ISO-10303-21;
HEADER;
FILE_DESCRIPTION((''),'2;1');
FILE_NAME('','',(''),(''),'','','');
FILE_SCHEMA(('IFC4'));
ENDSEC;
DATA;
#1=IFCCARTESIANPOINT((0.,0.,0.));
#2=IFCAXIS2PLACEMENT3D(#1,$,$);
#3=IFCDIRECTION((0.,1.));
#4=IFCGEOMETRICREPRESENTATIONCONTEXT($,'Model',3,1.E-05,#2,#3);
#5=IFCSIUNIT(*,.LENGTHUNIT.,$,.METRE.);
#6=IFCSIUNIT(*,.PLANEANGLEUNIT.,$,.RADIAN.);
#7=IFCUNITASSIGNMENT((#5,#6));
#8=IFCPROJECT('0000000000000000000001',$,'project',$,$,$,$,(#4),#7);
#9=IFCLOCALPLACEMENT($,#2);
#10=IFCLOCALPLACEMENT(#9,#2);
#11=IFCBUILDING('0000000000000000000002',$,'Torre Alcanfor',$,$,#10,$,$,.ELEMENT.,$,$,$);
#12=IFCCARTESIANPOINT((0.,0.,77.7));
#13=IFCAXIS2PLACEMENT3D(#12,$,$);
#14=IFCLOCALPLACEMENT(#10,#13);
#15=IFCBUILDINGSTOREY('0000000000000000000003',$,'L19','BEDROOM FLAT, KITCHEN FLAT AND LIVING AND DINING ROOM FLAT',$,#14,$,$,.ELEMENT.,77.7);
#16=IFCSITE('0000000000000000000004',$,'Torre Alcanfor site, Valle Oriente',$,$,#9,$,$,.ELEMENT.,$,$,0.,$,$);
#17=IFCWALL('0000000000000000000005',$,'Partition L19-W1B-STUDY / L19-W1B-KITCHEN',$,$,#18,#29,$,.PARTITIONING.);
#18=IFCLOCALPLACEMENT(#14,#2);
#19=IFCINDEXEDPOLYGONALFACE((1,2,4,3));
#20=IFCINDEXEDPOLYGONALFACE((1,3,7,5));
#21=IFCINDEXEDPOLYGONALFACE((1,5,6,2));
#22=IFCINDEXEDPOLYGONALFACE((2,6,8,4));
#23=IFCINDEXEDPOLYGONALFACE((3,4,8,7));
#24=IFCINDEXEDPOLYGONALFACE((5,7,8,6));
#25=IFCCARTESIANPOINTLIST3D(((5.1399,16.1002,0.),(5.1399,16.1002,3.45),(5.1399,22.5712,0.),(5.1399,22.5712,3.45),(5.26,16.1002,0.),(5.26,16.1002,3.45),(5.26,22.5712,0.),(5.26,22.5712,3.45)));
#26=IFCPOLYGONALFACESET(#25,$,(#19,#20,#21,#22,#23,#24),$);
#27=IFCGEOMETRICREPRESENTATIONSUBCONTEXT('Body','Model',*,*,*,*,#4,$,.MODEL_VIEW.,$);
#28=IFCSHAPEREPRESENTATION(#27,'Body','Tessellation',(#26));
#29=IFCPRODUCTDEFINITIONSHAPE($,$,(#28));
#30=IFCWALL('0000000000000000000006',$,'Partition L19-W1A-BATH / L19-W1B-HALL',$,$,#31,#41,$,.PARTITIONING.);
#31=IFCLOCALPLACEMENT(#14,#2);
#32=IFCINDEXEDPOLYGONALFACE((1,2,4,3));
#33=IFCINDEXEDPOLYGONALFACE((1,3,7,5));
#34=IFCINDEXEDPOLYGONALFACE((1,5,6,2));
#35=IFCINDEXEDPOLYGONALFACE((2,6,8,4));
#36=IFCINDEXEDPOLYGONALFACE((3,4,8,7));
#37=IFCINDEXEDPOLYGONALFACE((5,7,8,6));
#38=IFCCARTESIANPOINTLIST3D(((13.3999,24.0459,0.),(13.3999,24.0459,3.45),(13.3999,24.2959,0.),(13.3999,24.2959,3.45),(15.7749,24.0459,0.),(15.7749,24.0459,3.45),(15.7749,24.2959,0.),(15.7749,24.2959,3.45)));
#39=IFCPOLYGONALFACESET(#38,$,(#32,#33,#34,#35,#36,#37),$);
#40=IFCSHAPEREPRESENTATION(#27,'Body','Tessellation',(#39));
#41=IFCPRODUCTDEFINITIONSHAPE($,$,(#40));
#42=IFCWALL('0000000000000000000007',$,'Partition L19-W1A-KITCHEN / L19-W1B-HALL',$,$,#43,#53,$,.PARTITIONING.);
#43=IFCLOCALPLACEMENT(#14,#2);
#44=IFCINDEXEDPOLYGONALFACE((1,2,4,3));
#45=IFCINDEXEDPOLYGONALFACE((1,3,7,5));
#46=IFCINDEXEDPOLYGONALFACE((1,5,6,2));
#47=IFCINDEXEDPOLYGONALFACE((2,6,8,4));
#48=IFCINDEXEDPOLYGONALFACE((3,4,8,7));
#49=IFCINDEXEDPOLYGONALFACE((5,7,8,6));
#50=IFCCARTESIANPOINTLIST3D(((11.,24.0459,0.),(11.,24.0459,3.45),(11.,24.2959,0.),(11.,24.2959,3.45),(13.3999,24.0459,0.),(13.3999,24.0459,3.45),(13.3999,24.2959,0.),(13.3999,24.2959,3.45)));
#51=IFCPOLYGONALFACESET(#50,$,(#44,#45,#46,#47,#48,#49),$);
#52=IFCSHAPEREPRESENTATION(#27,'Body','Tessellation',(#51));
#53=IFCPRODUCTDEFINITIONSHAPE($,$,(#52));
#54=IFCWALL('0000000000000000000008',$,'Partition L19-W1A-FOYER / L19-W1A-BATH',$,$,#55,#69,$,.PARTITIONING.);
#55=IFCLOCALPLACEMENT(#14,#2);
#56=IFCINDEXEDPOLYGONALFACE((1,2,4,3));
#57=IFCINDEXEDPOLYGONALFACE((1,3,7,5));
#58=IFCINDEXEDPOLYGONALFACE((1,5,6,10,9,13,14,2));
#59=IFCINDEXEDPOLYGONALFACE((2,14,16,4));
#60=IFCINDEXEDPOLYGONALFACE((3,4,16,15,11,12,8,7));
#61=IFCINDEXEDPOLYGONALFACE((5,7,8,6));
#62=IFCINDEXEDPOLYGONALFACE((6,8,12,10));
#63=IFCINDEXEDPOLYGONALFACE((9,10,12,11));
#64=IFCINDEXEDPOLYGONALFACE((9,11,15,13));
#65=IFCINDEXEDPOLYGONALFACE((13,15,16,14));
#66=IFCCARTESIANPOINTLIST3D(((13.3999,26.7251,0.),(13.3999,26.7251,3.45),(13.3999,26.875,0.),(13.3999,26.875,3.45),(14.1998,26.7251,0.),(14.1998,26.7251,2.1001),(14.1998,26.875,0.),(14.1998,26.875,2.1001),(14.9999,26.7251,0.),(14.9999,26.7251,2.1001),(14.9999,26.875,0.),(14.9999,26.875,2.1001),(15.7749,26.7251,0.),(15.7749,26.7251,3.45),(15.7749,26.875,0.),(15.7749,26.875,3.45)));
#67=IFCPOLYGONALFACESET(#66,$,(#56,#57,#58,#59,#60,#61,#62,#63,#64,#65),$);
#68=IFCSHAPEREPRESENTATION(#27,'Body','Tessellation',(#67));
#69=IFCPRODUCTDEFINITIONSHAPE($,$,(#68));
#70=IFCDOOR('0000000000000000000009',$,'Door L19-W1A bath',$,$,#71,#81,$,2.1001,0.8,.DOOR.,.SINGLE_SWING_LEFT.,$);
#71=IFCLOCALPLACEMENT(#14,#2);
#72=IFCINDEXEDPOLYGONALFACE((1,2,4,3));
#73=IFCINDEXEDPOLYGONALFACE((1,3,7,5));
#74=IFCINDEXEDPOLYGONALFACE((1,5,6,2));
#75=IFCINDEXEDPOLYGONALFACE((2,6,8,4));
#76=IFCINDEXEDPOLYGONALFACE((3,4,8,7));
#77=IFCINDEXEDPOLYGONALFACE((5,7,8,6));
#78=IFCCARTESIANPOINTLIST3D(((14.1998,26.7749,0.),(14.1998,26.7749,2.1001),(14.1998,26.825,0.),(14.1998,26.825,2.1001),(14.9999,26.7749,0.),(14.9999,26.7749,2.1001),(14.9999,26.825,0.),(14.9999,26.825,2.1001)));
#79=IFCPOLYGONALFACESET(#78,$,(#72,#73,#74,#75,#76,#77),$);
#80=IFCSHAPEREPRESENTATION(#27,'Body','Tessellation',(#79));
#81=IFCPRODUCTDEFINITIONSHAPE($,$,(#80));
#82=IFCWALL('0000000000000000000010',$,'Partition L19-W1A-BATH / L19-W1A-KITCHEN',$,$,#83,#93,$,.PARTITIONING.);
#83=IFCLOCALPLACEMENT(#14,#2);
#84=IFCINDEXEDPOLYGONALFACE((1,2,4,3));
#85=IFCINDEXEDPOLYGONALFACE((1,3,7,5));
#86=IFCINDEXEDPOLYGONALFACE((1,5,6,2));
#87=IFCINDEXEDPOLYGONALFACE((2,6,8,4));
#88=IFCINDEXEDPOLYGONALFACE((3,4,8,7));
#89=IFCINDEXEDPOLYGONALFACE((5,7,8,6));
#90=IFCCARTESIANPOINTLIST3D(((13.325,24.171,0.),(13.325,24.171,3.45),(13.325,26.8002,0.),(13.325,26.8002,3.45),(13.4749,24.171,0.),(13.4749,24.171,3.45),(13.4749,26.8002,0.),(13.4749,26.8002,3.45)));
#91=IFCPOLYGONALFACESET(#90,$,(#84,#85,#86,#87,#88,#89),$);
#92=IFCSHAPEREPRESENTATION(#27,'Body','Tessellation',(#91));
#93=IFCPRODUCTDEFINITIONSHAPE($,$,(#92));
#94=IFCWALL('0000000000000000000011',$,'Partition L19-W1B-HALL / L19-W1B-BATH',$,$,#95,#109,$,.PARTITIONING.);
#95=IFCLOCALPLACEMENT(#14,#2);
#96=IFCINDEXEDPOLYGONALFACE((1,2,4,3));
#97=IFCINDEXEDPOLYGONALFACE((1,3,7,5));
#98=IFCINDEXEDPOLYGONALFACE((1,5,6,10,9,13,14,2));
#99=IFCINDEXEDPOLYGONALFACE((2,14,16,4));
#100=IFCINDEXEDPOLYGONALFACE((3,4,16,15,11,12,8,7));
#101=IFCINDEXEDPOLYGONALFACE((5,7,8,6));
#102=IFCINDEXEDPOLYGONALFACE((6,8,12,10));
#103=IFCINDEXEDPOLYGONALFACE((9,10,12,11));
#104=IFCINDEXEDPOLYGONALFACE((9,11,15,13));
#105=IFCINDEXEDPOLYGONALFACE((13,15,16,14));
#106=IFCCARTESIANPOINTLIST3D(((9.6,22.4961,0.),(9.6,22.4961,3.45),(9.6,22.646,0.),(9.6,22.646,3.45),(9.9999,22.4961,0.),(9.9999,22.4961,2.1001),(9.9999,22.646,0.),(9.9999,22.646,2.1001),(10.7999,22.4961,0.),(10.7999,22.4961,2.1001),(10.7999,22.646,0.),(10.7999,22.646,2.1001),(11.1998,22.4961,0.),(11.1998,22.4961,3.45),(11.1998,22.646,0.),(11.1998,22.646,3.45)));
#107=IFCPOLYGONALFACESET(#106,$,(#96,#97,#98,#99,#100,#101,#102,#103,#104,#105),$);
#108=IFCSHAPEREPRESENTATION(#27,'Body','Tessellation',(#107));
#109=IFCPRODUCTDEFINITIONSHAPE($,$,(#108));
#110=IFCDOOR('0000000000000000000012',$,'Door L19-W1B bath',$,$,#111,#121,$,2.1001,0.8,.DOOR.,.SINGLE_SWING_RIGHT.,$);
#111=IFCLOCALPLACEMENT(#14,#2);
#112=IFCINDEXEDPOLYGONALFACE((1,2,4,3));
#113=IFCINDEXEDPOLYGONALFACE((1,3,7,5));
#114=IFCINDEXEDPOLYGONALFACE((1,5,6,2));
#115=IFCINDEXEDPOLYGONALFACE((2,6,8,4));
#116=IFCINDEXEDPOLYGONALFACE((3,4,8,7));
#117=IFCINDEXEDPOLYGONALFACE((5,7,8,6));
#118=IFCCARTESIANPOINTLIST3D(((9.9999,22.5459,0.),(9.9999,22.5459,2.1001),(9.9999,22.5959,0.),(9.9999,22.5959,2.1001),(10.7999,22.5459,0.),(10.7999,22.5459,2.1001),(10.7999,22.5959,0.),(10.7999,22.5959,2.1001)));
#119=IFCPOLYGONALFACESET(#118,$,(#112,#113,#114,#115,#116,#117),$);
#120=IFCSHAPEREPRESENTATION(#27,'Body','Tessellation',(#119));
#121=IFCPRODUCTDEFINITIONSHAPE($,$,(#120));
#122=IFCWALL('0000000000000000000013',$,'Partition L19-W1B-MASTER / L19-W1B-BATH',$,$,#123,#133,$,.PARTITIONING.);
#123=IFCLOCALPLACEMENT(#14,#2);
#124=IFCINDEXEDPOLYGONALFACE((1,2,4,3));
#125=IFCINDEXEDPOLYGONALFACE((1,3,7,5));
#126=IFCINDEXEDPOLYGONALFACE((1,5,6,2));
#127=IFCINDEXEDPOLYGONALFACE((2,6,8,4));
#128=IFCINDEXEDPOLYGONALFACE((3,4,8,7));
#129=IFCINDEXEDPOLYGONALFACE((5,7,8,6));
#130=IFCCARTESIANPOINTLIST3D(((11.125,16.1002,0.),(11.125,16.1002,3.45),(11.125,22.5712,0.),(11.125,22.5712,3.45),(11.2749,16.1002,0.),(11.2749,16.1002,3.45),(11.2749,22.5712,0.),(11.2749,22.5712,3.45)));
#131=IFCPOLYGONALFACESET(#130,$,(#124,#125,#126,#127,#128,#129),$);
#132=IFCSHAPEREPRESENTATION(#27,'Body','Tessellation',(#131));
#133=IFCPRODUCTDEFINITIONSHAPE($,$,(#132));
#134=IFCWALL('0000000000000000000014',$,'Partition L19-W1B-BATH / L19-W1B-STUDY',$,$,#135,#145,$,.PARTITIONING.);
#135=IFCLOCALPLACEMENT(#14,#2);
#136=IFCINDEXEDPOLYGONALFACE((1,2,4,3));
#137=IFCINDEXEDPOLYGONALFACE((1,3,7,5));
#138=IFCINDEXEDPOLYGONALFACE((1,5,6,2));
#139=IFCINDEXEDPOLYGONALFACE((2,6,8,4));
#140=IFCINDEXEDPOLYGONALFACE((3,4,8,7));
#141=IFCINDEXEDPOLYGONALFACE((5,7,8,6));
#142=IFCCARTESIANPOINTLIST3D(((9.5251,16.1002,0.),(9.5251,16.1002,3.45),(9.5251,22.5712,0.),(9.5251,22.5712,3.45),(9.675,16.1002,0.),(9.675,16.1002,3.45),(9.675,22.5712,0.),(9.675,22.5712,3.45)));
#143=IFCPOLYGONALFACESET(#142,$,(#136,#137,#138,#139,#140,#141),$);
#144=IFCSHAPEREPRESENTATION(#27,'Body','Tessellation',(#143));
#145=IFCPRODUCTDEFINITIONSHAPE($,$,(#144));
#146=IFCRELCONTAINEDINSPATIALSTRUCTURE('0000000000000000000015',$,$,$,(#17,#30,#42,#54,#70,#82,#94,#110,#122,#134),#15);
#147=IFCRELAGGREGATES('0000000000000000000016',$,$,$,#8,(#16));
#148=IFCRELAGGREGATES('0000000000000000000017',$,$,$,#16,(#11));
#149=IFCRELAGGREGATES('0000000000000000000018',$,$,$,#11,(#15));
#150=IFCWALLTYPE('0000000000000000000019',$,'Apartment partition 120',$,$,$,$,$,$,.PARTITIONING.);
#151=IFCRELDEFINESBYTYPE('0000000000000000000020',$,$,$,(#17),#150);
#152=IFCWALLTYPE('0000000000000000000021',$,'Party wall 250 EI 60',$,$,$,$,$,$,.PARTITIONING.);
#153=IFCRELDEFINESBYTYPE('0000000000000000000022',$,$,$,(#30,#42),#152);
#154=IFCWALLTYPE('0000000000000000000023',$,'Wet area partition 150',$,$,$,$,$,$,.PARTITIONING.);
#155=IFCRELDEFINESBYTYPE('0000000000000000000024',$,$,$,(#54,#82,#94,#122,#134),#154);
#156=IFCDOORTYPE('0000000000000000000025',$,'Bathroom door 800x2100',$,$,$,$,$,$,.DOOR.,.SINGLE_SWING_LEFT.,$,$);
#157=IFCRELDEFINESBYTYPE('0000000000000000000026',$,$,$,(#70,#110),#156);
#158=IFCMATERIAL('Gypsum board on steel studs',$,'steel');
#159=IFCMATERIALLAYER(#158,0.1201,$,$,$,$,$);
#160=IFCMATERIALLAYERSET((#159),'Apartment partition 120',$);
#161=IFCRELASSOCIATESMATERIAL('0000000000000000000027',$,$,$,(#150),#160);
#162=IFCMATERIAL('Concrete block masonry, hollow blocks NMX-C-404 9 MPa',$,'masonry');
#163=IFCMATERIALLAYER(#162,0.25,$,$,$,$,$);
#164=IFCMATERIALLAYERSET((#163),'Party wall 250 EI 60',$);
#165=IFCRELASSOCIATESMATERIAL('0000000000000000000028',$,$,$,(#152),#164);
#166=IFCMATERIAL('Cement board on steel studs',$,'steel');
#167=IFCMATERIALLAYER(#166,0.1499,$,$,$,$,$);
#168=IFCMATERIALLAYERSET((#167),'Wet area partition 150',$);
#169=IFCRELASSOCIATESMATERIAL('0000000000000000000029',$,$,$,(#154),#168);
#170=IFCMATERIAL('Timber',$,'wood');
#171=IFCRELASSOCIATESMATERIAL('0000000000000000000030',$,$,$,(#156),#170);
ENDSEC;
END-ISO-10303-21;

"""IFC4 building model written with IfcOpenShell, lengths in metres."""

from ifc_helpers import new_model, si_unit, direction, frame, frame_2d, origin, place, context, subcontext, project, spatial, rectangle, extrude, material, layer, layer_set, type_object, element, fill, save


model = new_model("IFC4")

# Units and contexts
model_context = context("Model", 3, precision=1e-05, world=origin(), true_north=direction((0.0, 1.0)))
body_context = subcontext(model_context, "Body", "Model", "MODEL_VIEW")
ifc_project = project(units=[si_unit("LENGTHUNIT", "METRE"), si_unit("PLANEANGLEUNIT", "RADIAN")], contexts=[model_context])

# Site, building, storey
site_placement = place(None, origin())
site = spatial("IfcSite", under=ifc_project, at=site_placement, Name="Torre Alcanfor site, Valle Oriente", CompositionType="ELEMENT", RefElevation=0.0)
building_placement = place(site_placement, origin())
building = spatial("IfcBuilding", under=site, at=building_placement, Name="Torre Alcanfor", CompositionType="ELEMENT")
storey_placement = place(building_placement, frame((0.0, 0.0, 77.7)))
storey = spatial("IfcBuildingStorey", under=building, at=storey_placement, Name="L19", Description="BEDROOM FLAT, KITCHEN FLAT AND LIVING AND DINING ROOM FLAT", CompositionType="ELEMENT", Elevation=77.7)

# Shared definitions
ifc_material_1 = material(Name="Gypsum board on steel studs", Category="steel")
ifc_layer_1 = layer(ifc_material_1, 0.1201)
ifc_layer_set_1 = layer_set([ifc_layer_1], Name="Apartment partition 120")
wall_type_1 = type_object("IfcWallType", Name="Apartment partition 120", PredefinedType="PARTITIONING", material=ifc_layer_set_1)

# Walls
wall_1_placement = place(storey_placement, frame((5.2, 22.571, 0.0), z_axis=(0.0, 0.0, 1.0), x_axis=(0.0, -1.0, 0.0)))
element("IfcWall", 1, at=wall_1_placement, inside=storey, type_object=wall_type_1, Name="Partition L19-W1B-STUDY / L19-W1B-KITCHEN", PredefinedType="PARTITIONING", context=body_context, shape_type="SweptSolid", body=[
    extrude(rectangle(XDim=6.4709, YDim=0.1201, at=frame_2d((3.2354, 0.0))), origin(), (0.0, 0.0, 1.0), 3.45),
])
ifc_material_2 = material(Name="Concrete block masonry, hollow blocks NMX-C-404 9 MPa", Category="masonry")
ifc_layer_2 = layer(ifc_material_2, 0.25)
ifc_layer_set_2 = layer_set([ifc_layer_2], Name="Party wall 250 EI 60")
wall_type_2 = type_object("IfcWallType", Name="Party wall 250 EI 60", PredefinedType="PARTITIONING", material=ifc_layer_set_2)
wall_2_placement = place(storey_placement, frame((13.3999, 24.1709, 0.0), z_axis=(0.0, 0.0, 1.0), x_axis=(1.0, 0.0, 0.0)))
element("IfcWall", 2, at=wall_2_placement, inside=storey, type_object=wall_type_2, Name="Partition L19-W1A-BATH / L19-W1B-HALL", PredefinedType="PARTITIONING", context=body_context, shape_type="SweptSolid", body=[
    extrude(rectangle(XDim=2.375, YDim=0.25, at=frame_2d((1.1875, 0.0))), origin(), (0.0, 0.0, 1.0), 3.45),
])
wall_3_placement = place(storey_placement, frame((11.0, 24.1709, 0.0), z_axis=(0.0, 0.0, 1.0), x_axis=(1.0, 0.0, 0.0)))
element("IfcWall", 3, at=wall_3_placement, inside=storey, type_object=wall_type_2, Name="Partition L19-W1A-KITCHEN / L19-W1B-HALL", PredefinedType="PARTITIONING", context=body_context, shape_type="SweptSolid", body=[
    extrude(rectangle(XDim=2.3999, YDim=0.25, at=frame_2d((1.2, 0.0))), origin(), (0.0, 0.0, 1.0), 3.45),
])

# Wall, opening, door
ifc_material_3 = material(Name="Cement board on steel studs", Category="steel")
ifc_layer_3 = layer(ifc_material_3, 0.1499)
ifc_layer_set_3 = layer_set([ifc_layer_3], Name="Wet area partition 150")
wall_type_3 = type_object("IfcWallType", Name="Wet area partition 150", PredefinedType="PARTITIONING", material=ifc_layer_set_3)
wall_4_placement = place(storey_placement, frame((13.3999, 26.8, 0.0), z_axis=(0.0, 0.0, 1.0), x_axis=(1.0, 0.0, 0.0)))
wall_4 = element("IfcWall", 4, at=wall_4_placement, inside=storey, type_object=wall_type_3, Name="Partition L19-W1A-FOYER / L19-W1A-BATH", PredefinedType="PARTITIONING", context=body_context, shape_type="SweptSolid", body=[
    extrude(rectangle(XDim=2.375, YDim=0.1499, at=frame_2d((1.1875, 0.0))), origin(), (0.0, 0.0, 1.0), 3.45),
])
opening_1_placement = place(wall_4_placement, frame((0.8, 0.0, 0.0)))
opening_1 = element("IfcOpeningElement", 5, at=opening_1_placement, cuts=wall_4, PredefinedType="OPENING", context=body_context, shape_type="SweptSolid", body=[
    extrude(rectangle(XDim=0.8, YDim=2.1001, at=frame_2d((0.3999, 1.05))), frame((0.0, 0.085, 0.0), z_axis=(0.0, -1.0, 0.0), x_axis=(1.0, 0.0, 0.0)), (0.0, 0.0, 1.0), 0.1699),
])
ifc_material_4 = material(Name="Timber", Category="wood")
door_type_1 = type_object("IfcDoorType", Name="Bathroom door 800x2100", OperationType="SINGLE_SWING_LEFT", PredefinedType="DOOR", material=ifc_material_4)
door_1_placement = place(opening_1_placement, frame((0.8, 0.0, 0.0), z_axis=(0.0, 0.0, 1.0), x_axis=(-1.0, 0.0, 0.0)))
door_1 = element("IfcDoor", 6, at=door_1_placement, inside=storey, type_object=door_type_1, Name="Door L19-W1A bath", OperationType="SINGLE_SWING_LEFT", OverallHeight=2.1001, OverallWidth=0.8, PredefinedType="DOOR", context=body_context, shape_type="SweptSolid", body=[
    extrude(rectangle(XDim=0.8, YDim=2.1001, at=frame_2d((0.4001, 1.05))), frame((0.0, 0.0251, 0.0), z_axis=(0.0, -1.0, 0.0), x_axis=(1.0, 0.0, 0.0)), (0.0, 0.0, 1.0), 0.05),
])
fill(opening_1, door_1)

# Wall
wall_5_placement = place(storey_placement, frame((13.3999, 26.8, 0.0), z_axis=(0.0, 0.0, 1.0), x_axis=(0.0, -1.0, 0.0)))
element("IfcWall", 7, at=wall_5_placement, inside=storey, type_object=wall_type_3, Name="Partition L19-W1A-BATH / L19-W1A-KITCHEN", PredefinedType="PARTITIONING", context=body_context, shape_type="SweptSolid", body=[
    extrude(rectangle(XDim=2.6292, YDim=0.1499, at=frame_2d((1.3145, 0.0))), origin(), (0.0, 0.0, 1.0), 3.45),
])

# Wall, opening, door
wall_6_placement = place(storey_placement, frame((9.6001, 22.571, 0.0), z_axis=(0.0, 0.0, 1.0), x_axis=(1.0, 0.0, 0.0)))
wall_6 = element("IfcWall", 8, at=wall_6_placement, inside=storey, type_object=wall_type_3, Name="Partition L19-W1B-HALL / L19-W1B-BATH", PredefinedType="PARTITIONING", context=body_context, shape_type="SweptSolid", body=[
    extrude(rectangle(XDim=1.5999, YDim=0.1499, at=frame_2d((0.7998, 0.0))), origin(), (0.0, 0.0, 1.0), 3.45),
])
opening_2_placement = place(wall_6_placement, frame((0.3999, 0.0, 0.0)))
opening_2 = element("IfcOpeningElement", 9, at=opening_2_placement, cuts=wall_6, PredefinedType="OPENING", context=body_context, shape_type="SweptSolid", body=[
    extrude(rectangle(XDim=0.8, YDim=2.1001, at=frame_2d((0.3999, 1.05))), frame((0.0, 0.085, 0.0), z_axis=(0.0, -1.0, 0.0), x_axis=(1.0, 0.0, 0.0)), (0.0, 0.0, 1.0), 0.1699),
])
door_2_placement = place(opening_2_placement, frame((0.8, 0.0, 0.0), z_axis=(0.0, 0.0, 1.0), x_axis=(-1.0, 0.0, 0.0)))
door_2 = element("IfcDoor", 10, at=door_2_placement, inside=storey, type_object=door_type_1, Name="Door L19-W1B bath", OperationType="SINGLE_SWING_RIGHT", OverallHeight=2.1001, OverallWidth=0.8, PredefinedType="DOOR", context=body_context, shape_type="SweptSolid", body=[
    extrude(rectangle(XDim=0.8, YDim=2.1001, at=frame_2d((0.4001, 1.05))), frame((0.0, 0.0251, 0.0), z_axis=(0.0, -1.0, 0.0), x_axis=(1.0, 0.0, 0.0)), (0.0, 0.0, 1.0), 0.05),
])
fill(opening_2, door_2)

# Walls
for number, where, z_axis, x_axis, name in (
    (11, (11.2, 22.571, 0.0), (0.0, 0.0, 1.0), (0.0, -1.0, 0.0), "Partition L19-W1B-MASTER / L19-W1B-BATH"),
    (12, (9.6001, 22.571, 0.0), (0.0, 0.0, 1.0), (0.0, -1.0, 0.0), "Partition L19-W1B-BATH / L19-W1B-STUDY"),
):
    element("IfcWall", number, at=place(storey_placement, frame(where, z_axis=z_axis, x_axis=x_axis)), inside=storey, type_object=wall_type_3, Name=name, PredefinedType="PARTITIONING", context=body_context, shape_type="SweptSolid", body=[
        extrude(rectangle(XDim=6.4709, YDim=0.1499, at=frame_2d((3.2354, 0.0))), origin(), (0.0, 0.0, 1.0), 3.45),
    ])

save(model, "model.ifc")
